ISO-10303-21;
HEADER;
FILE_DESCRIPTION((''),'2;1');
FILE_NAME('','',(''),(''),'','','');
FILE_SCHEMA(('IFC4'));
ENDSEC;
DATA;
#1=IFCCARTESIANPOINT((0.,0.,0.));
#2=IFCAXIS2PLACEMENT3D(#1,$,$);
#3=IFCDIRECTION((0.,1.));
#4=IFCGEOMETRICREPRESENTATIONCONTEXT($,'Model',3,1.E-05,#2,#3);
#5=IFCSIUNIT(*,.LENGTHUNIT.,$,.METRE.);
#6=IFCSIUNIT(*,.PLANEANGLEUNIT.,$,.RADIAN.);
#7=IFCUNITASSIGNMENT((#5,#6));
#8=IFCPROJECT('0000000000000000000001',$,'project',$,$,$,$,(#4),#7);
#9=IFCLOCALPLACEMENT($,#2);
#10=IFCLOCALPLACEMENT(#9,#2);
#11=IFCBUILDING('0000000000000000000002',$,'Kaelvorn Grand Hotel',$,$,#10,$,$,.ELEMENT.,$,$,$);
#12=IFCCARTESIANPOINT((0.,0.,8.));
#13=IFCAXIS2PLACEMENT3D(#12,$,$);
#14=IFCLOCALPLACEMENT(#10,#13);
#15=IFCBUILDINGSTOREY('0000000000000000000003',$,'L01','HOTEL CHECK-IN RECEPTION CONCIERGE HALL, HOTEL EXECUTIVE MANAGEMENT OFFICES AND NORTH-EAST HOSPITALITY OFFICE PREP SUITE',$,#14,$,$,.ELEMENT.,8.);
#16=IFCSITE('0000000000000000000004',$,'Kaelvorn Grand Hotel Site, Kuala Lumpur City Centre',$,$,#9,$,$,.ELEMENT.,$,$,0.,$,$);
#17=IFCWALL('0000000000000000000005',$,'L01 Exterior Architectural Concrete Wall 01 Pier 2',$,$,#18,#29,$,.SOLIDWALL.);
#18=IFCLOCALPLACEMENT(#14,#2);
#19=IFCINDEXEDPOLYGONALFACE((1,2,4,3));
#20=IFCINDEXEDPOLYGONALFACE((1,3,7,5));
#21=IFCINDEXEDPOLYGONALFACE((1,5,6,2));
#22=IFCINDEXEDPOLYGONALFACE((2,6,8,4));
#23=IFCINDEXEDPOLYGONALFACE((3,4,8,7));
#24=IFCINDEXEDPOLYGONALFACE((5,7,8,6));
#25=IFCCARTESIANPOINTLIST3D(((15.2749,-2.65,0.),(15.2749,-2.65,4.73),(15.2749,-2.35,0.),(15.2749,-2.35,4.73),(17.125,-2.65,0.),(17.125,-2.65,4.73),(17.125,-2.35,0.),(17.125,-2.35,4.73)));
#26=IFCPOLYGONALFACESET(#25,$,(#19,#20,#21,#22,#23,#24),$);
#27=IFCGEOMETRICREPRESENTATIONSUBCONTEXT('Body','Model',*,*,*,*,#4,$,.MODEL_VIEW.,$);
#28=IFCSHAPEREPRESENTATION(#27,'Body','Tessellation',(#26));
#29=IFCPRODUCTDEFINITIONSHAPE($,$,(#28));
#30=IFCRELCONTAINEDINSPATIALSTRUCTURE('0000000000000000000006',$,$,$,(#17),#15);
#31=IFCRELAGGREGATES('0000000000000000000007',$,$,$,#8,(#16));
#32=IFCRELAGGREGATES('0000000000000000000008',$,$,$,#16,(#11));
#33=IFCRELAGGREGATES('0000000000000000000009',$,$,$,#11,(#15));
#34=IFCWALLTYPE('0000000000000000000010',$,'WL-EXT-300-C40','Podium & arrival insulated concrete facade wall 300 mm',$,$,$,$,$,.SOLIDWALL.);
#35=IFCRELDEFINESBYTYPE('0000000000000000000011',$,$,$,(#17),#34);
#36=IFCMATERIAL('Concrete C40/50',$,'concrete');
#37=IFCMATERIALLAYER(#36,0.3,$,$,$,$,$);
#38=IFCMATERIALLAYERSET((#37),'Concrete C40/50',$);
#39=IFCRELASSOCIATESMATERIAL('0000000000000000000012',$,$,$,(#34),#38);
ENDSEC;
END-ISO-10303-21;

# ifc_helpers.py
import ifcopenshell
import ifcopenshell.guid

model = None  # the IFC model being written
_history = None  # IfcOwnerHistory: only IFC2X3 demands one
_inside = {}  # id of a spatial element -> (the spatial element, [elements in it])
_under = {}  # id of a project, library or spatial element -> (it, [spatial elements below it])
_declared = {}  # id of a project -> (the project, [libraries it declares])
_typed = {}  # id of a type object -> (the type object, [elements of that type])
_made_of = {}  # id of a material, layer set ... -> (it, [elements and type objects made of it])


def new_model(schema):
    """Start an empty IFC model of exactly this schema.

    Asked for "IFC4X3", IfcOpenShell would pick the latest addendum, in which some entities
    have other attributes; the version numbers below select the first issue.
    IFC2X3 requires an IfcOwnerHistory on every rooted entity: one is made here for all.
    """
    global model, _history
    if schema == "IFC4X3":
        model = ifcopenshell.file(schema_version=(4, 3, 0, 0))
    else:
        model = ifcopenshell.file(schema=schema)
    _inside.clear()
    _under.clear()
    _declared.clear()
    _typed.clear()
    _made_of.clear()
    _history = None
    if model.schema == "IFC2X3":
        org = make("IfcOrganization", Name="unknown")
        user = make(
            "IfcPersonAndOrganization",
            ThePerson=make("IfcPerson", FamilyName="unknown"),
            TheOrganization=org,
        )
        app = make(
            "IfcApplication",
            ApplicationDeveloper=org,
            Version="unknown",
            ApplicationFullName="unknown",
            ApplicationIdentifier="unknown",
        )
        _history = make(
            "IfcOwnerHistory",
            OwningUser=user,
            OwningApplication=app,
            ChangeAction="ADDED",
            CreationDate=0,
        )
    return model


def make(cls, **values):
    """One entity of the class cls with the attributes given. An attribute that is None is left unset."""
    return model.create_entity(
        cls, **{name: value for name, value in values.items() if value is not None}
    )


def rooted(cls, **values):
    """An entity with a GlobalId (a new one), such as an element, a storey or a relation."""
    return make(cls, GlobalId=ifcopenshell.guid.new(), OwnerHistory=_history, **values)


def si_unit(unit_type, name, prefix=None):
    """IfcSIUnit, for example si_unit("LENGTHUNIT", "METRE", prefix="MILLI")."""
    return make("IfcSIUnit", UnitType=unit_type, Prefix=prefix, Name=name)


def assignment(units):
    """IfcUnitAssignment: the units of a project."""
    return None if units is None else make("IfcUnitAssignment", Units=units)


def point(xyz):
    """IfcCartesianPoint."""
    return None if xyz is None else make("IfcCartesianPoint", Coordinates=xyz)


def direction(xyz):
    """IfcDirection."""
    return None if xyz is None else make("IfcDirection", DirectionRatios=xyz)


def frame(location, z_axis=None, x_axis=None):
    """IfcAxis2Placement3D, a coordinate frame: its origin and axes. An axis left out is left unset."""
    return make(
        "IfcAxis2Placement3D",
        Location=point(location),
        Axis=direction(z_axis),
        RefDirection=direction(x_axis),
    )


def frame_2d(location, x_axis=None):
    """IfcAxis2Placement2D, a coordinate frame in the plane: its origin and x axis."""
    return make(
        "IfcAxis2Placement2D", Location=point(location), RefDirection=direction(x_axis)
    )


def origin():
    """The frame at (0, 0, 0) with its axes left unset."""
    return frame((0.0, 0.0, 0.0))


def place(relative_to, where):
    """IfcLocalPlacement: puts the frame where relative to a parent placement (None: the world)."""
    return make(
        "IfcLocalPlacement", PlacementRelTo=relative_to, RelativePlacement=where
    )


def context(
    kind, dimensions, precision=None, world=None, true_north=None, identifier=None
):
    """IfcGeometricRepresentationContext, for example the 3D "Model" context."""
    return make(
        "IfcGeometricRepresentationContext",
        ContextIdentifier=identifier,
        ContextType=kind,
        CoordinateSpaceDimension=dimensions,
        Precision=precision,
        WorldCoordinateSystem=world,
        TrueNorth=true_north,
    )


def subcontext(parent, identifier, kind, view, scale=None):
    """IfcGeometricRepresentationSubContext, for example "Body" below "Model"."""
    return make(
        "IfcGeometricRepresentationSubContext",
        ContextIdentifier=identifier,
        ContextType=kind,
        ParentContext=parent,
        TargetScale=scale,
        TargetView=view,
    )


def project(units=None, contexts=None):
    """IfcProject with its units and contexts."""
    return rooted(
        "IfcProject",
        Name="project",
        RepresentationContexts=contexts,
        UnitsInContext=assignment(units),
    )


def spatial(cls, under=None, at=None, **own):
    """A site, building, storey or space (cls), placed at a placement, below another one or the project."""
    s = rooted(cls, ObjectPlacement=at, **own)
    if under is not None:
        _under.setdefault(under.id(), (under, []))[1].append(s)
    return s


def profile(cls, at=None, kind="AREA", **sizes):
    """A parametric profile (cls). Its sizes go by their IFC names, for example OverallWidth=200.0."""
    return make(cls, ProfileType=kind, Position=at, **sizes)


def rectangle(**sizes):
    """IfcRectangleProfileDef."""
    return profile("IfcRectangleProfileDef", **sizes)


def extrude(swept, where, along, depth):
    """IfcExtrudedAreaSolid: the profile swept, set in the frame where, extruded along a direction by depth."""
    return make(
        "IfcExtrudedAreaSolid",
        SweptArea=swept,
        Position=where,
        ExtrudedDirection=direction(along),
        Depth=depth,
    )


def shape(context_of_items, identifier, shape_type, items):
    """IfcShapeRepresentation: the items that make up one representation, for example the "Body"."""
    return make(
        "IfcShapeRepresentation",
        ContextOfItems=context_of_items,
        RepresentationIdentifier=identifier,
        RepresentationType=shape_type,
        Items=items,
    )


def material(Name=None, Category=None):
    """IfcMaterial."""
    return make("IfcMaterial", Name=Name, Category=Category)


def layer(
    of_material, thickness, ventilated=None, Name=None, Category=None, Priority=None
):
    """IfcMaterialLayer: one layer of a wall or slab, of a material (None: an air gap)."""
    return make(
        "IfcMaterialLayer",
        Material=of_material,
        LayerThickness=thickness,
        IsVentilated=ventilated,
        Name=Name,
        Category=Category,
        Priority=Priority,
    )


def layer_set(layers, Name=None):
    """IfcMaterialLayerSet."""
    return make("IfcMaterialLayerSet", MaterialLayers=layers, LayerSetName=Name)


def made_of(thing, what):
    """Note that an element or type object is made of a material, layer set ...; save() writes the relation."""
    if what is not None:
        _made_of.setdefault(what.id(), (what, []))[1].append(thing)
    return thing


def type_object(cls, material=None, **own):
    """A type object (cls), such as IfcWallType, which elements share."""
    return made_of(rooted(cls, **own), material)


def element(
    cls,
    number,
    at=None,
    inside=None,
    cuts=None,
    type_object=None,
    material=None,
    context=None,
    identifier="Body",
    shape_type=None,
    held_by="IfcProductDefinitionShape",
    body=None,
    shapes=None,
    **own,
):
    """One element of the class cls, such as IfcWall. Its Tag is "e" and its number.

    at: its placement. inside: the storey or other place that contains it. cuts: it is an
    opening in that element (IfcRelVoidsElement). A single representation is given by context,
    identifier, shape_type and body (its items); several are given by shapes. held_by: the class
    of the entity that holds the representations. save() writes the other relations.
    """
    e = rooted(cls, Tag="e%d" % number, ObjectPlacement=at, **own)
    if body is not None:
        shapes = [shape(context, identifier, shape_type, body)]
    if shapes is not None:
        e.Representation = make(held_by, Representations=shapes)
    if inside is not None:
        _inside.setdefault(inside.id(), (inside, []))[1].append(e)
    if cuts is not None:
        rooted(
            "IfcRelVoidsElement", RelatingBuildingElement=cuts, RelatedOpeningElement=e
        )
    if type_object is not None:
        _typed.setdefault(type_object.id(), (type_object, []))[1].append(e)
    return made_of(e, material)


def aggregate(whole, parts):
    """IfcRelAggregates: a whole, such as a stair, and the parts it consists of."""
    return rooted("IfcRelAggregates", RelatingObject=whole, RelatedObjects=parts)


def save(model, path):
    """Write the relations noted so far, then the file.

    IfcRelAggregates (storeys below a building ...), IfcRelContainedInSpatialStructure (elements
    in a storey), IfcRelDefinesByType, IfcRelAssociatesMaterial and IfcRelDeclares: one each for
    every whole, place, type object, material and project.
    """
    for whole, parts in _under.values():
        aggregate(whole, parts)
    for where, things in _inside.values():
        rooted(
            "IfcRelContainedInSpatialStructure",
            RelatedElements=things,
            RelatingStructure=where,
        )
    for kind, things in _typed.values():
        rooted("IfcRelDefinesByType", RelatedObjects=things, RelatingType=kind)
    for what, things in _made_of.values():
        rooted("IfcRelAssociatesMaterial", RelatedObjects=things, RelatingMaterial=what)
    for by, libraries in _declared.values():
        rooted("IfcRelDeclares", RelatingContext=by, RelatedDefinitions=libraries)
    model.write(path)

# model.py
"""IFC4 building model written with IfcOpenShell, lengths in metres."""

from ifc_helpers import new_model, si_unit, direction, frame, frame_2d, origin, place, context, subcontext, project, spatial, rectangle, extrude, material, layer, layer_set, type_object, element, save


model = new_model("IFC4")

# Units and contexts
model_context = context("Model", 3, precision=1e-05, world=origin(), true_north=direction((0.0, 1.0)))
body_context = subcontext(model_context, "Body", "Model", "MODEL_VIEW")
ifc_project = project(units=[si_unit("LENGTHUNIT", "METRE"), si_unit("PLANEANGLEUNIT", "RADIAN")], contexts=[model_context])

# Site, building, storey
site_placement = place(None, origin())
site = spatial("IfcSite", under=ifc_project, at=site_placement, Name="Kaelvorn Grand Hotel Site, Kuala Lumpur City Centre", CompositionType="ELEMENT", RefElevation=0.0)
building_placement = place(site_placement, origin())
building = spatial("IfcBuilding", under=site, at=building_placement, Name="Kaelvorn Grand Hotel", CompositionType="ELEMENT")
storey_placement = place(building_placement, frame((0.0, 0.0, 8.0)))
storey = spatial("IfcBuildingStorey", under=building, at=storey_placement, Name="L01", Description="HOTEL CHECK-IN RECEPTION CONCIERGE HALL, HOTEL EXECUTIVE MANAGEMENT OFFICES AND NORTH-EAST HOSPITALITY OFFICE PREP SUITE", CompositionType="ELEMENT", Elevation=8.0)

# Wall
ifc_material_1 = material(Name="Concrete C40/50", Category="concrete")
ifc_layer_1 = layer(ifc_material_1, 0.3)
ifc_layer_set_1 = layer_set([ifc_layer_1], Name="Concrete C40/50")
wall_type = type_object("IfcWallType", Name="WL-EXT-300-C40", Description="Podium & arrival insulated concrete facade wall 300 mm", PredefinedType="SOLIDWALL", material=ifc_layer_set_1)
wall_placement = place(storey_placement, frame((15.2749, -2.5, 0.0), z_axis=(0.0, 0.0, 1.0), x_axis=(1.0, 0.0, 0.0)))
element("IfcWall", 1, at=wall_placement, inside=storey, type_object=wall_type, Name="L01 Exterior Architectural Concrete Wall 01 Pier 2", PredefinedType="SOLIDWALL", context=body_context, shape_type="SweptSolid", body=[
    extrude(rectangle(XDim=1.8501, YDim=0.3, at=frame_2d((0.925, 0.0))), origin(), (0.0, 0.0, 1.0), 4.73),
])

save(model, "model.ifc")
